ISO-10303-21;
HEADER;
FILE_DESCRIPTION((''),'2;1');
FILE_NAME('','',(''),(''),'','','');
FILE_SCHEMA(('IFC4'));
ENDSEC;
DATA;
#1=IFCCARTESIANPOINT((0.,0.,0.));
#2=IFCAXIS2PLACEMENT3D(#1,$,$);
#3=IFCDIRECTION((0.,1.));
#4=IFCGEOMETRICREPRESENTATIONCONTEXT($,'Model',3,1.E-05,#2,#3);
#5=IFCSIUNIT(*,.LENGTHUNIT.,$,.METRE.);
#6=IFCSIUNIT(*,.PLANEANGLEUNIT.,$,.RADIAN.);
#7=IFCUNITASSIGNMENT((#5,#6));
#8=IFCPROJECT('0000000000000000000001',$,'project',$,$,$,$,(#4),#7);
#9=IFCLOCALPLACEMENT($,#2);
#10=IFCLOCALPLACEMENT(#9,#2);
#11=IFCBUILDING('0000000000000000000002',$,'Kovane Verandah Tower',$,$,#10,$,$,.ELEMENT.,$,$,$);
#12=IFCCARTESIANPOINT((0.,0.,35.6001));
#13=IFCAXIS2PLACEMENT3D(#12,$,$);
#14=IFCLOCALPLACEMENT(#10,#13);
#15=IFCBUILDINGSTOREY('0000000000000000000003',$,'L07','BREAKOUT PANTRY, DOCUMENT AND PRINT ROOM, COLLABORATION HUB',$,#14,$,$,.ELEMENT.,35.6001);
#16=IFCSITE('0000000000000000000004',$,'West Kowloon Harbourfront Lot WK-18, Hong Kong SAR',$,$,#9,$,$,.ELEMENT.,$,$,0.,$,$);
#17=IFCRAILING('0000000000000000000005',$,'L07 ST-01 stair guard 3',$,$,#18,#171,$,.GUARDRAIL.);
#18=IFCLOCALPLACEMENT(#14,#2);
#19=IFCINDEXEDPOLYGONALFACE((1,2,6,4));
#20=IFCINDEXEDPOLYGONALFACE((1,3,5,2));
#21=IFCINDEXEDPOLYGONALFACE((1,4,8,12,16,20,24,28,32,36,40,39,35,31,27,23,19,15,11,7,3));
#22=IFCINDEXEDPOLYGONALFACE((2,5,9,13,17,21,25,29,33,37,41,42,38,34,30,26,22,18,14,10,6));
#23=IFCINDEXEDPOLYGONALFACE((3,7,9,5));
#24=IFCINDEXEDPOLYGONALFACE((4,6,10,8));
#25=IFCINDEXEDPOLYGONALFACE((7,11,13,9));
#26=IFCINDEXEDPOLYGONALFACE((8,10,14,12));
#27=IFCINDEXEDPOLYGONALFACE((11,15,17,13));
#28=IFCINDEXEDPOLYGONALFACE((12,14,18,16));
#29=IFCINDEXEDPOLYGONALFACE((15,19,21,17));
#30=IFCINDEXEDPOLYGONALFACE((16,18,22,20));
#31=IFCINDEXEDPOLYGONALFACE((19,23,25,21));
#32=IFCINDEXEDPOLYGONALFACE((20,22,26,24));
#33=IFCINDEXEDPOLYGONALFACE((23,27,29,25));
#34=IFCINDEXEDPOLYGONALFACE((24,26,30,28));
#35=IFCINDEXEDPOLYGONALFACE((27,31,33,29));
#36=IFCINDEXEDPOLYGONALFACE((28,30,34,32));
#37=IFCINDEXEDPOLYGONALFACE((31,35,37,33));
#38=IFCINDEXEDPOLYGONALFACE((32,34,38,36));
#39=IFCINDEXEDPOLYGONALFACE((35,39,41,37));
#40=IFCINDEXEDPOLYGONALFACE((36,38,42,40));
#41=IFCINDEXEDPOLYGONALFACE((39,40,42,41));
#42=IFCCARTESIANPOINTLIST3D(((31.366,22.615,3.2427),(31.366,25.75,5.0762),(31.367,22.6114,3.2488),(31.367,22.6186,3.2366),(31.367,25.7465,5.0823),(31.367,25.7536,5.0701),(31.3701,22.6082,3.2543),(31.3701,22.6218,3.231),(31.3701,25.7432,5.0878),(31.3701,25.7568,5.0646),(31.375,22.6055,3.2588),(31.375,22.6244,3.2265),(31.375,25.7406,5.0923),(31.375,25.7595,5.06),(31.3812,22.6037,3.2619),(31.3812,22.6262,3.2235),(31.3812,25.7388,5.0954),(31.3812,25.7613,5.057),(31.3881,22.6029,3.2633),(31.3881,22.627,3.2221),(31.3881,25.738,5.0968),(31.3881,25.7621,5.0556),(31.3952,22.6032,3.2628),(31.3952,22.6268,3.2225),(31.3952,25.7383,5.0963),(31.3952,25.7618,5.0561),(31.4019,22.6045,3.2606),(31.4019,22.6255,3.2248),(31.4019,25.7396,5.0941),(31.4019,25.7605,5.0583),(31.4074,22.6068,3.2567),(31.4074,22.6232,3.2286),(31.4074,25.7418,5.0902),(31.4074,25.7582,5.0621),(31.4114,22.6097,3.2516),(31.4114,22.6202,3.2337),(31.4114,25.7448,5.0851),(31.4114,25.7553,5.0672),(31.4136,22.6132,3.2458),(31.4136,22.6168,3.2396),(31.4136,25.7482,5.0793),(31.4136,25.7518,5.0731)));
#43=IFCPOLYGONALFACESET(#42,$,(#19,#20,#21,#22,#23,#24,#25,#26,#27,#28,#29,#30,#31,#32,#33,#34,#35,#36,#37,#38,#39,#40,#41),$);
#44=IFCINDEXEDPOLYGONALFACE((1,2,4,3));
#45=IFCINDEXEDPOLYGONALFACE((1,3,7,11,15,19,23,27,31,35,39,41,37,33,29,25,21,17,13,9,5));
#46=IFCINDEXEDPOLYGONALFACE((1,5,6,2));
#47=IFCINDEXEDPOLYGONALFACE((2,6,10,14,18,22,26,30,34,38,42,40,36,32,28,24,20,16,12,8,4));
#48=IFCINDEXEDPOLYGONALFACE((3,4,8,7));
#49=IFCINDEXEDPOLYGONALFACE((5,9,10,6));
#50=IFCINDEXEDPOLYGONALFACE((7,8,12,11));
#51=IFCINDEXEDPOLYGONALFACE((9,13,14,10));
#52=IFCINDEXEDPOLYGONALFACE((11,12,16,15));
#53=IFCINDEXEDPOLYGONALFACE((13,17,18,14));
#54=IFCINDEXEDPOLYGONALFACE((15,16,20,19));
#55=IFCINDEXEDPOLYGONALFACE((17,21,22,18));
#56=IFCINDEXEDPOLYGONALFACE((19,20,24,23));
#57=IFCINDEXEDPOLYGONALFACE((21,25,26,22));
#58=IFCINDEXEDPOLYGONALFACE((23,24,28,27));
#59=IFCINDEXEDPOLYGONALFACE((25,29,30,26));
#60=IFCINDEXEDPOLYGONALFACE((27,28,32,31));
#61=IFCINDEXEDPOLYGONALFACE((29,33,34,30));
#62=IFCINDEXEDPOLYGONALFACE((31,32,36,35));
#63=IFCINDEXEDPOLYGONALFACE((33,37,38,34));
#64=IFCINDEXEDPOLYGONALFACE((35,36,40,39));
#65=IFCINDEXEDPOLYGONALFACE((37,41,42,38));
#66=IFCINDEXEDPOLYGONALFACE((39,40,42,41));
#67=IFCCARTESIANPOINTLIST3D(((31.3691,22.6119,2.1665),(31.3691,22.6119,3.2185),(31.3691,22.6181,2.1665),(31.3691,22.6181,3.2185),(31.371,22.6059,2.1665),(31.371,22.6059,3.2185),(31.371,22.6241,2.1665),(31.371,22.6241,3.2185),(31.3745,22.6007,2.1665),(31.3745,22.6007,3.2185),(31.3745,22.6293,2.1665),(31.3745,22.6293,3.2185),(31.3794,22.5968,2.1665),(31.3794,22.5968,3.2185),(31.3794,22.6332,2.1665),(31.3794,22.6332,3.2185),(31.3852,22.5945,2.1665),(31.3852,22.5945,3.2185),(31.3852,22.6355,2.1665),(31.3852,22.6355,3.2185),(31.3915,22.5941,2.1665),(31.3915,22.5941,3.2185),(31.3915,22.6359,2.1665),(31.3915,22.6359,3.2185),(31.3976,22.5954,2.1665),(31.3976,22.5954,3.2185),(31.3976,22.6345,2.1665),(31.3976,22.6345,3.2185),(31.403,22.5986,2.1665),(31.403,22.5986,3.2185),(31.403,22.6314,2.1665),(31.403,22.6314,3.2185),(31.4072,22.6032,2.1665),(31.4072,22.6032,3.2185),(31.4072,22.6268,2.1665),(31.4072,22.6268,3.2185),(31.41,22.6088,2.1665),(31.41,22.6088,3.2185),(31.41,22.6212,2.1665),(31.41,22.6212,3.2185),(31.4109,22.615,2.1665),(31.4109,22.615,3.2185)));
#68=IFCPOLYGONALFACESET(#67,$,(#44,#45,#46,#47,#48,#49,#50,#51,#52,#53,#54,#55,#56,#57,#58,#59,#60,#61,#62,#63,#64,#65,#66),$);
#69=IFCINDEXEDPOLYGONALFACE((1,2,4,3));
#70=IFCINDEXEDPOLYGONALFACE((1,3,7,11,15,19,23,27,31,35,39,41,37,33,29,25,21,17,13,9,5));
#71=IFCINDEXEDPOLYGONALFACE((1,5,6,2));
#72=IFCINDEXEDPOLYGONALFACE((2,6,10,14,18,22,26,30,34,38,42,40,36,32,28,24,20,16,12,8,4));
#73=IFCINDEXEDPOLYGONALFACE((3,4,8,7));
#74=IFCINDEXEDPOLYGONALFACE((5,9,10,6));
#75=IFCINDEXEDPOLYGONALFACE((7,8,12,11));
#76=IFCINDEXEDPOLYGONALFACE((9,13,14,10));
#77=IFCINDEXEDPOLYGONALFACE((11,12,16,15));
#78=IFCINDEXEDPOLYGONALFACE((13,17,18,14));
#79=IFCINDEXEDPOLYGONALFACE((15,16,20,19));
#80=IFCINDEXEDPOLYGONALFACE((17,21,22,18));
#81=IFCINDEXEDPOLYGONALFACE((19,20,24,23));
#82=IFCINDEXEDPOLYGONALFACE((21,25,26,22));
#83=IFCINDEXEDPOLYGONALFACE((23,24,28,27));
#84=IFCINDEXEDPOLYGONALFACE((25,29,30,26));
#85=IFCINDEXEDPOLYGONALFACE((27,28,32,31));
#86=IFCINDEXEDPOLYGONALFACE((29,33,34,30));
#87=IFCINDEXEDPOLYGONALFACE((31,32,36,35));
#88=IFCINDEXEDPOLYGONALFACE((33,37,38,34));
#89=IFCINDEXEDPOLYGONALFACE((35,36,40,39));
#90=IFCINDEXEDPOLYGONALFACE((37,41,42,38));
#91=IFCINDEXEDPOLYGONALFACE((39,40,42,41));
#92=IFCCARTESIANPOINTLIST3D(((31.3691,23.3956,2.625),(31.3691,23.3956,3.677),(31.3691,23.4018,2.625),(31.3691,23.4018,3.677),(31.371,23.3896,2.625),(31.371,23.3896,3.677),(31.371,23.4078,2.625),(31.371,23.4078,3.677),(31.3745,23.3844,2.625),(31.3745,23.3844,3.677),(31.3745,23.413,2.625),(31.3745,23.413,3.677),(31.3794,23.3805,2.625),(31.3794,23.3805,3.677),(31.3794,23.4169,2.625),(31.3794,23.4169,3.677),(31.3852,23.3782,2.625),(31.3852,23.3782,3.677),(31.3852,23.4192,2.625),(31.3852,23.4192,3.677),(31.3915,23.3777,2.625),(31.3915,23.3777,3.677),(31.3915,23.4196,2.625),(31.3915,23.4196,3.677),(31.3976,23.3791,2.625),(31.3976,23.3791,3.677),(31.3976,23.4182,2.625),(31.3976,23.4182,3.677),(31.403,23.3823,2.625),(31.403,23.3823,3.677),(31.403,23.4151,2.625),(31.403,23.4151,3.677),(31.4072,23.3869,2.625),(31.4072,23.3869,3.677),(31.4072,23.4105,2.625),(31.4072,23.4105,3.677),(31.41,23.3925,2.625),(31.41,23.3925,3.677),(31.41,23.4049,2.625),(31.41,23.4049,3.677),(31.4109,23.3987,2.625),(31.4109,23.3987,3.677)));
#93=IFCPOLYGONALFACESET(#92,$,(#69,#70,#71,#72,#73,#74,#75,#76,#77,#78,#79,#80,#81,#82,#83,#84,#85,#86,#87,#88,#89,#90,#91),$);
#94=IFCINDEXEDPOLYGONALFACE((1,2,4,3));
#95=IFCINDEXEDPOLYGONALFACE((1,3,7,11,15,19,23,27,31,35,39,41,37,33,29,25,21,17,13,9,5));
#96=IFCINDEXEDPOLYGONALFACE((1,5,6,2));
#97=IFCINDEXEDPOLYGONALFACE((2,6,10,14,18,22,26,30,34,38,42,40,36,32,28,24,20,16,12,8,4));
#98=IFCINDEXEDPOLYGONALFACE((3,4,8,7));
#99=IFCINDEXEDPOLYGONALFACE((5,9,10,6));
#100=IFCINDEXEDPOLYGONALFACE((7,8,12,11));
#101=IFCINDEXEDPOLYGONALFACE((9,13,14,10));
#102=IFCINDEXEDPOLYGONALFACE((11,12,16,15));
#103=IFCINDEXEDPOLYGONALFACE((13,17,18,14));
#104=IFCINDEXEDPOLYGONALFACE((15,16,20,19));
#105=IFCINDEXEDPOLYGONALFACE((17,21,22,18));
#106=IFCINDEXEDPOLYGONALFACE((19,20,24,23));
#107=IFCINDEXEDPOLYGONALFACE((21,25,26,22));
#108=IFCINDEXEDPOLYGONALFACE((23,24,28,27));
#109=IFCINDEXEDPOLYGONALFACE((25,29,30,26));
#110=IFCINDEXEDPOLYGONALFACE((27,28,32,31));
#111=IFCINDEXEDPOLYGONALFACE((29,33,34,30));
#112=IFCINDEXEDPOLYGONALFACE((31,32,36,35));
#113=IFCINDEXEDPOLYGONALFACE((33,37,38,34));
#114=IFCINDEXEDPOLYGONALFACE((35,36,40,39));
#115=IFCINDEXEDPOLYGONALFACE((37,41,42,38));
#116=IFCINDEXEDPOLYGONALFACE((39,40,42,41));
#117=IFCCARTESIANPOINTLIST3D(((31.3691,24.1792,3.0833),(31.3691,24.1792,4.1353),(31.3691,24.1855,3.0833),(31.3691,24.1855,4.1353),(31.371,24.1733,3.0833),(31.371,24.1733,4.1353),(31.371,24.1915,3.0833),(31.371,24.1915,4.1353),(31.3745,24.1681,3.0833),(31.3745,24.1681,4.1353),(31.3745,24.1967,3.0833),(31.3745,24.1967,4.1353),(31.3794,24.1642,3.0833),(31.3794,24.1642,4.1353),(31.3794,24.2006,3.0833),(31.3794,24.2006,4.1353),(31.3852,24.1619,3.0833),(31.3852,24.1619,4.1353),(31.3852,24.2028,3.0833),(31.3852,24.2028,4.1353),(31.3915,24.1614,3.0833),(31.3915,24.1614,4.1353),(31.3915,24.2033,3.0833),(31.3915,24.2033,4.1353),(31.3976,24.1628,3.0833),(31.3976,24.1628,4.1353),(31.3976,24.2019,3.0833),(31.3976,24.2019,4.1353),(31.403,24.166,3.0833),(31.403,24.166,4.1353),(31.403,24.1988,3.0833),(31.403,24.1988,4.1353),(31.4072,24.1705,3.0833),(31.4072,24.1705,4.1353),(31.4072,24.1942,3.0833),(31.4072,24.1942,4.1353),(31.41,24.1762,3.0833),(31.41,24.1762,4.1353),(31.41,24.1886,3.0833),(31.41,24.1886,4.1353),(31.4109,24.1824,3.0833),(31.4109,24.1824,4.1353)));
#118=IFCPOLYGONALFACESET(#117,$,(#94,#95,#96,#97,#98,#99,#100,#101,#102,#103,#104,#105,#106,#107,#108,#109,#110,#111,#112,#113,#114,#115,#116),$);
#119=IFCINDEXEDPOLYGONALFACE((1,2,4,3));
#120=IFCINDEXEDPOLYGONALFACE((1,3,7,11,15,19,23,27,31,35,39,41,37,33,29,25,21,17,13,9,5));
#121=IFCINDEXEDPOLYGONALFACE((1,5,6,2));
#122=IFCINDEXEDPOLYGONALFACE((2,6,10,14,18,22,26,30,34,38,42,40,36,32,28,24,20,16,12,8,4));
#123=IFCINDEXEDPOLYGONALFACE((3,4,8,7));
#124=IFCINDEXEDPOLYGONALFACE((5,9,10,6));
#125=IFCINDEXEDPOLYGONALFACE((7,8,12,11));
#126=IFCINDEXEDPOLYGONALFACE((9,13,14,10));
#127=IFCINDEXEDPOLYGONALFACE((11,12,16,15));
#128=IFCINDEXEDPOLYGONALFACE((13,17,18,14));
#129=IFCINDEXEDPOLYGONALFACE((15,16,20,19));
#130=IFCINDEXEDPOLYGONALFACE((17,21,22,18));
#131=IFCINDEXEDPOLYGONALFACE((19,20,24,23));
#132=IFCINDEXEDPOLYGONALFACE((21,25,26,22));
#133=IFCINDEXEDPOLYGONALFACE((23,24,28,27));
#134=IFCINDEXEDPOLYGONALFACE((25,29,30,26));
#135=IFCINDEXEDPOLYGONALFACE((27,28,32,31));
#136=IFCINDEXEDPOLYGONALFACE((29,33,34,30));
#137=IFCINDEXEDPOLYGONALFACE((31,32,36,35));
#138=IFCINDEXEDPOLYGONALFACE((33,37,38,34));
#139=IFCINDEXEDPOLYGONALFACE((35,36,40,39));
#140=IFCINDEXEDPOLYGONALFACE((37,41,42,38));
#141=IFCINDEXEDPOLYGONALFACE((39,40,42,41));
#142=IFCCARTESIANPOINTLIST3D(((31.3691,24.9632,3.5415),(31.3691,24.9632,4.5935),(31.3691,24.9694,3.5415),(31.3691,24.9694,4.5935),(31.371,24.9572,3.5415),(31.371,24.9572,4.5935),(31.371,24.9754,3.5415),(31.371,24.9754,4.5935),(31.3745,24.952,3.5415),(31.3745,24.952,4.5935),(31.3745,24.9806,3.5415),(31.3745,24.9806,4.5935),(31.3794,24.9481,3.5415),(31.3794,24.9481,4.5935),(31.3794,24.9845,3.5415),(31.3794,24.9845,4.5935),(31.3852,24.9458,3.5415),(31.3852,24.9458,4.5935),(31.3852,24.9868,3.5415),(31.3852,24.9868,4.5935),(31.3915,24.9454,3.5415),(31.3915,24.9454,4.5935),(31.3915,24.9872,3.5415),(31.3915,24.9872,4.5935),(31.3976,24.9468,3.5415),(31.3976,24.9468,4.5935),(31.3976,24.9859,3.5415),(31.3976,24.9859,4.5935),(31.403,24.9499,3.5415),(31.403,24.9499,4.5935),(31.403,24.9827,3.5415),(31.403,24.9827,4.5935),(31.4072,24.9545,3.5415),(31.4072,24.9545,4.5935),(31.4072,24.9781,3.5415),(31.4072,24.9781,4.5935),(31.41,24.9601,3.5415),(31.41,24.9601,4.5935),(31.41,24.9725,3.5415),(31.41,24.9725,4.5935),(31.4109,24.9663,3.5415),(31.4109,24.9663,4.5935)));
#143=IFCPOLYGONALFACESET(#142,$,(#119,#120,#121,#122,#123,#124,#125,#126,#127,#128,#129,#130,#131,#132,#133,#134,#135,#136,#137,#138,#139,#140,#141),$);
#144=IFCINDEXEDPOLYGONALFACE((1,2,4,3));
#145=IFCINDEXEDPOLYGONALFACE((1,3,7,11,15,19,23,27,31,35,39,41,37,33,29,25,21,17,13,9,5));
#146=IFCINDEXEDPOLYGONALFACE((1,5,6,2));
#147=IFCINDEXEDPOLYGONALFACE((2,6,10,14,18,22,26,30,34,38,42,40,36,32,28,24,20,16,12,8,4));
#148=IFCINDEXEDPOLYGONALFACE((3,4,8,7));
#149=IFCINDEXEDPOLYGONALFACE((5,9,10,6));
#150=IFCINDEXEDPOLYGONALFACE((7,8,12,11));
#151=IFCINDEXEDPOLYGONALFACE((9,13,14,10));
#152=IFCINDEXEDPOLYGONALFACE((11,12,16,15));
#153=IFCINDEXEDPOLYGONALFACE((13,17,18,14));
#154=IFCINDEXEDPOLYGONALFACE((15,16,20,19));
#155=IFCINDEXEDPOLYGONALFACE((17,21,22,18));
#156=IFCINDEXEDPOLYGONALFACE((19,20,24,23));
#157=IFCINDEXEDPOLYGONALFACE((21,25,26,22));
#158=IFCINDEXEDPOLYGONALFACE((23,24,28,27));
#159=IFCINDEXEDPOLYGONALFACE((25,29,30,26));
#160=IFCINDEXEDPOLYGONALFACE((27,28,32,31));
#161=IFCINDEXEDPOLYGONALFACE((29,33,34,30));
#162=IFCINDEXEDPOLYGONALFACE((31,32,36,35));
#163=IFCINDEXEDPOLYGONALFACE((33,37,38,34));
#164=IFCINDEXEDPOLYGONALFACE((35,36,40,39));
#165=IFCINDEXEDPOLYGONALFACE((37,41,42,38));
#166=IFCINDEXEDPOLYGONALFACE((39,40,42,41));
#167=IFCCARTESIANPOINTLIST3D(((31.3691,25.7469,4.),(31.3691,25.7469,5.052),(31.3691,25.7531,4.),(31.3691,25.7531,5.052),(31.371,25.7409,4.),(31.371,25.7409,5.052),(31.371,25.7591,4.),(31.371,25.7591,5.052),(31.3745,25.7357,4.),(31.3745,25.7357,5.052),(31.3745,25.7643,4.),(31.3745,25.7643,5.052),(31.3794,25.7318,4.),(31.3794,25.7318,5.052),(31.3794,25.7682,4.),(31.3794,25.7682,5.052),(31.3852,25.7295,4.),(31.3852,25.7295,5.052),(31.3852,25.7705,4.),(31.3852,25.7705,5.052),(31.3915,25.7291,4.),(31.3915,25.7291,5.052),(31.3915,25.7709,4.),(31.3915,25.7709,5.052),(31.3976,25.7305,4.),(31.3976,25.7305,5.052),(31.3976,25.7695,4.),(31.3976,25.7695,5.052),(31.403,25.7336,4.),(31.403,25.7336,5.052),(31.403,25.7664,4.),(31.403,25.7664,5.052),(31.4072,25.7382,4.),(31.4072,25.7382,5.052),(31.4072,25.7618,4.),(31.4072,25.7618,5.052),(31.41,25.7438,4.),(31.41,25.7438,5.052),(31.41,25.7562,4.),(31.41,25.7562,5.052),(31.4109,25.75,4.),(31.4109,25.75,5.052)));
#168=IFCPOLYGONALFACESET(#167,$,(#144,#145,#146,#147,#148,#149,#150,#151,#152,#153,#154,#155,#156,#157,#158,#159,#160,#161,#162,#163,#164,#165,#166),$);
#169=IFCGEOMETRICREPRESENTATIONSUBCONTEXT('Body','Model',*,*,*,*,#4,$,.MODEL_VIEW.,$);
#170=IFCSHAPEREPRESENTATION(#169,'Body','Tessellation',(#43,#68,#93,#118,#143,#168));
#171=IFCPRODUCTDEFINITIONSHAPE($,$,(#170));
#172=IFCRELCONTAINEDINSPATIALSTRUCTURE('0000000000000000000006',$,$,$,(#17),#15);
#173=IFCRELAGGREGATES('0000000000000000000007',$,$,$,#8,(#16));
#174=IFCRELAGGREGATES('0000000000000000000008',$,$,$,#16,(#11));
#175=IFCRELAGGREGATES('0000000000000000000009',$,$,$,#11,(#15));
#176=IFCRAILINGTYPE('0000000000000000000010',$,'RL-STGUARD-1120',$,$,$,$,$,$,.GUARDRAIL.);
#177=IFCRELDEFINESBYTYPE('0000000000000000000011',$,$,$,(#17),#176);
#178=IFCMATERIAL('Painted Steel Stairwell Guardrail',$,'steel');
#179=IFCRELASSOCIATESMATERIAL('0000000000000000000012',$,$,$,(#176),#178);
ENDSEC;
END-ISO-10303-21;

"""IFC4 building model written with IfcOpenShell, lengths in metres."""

from ifc_helpers import new_model, si_unit, direction, frame, origin, origin_2d, place, context, subcontext, project, spatial, circle, extrude, material, type_object, element, save


model = new_model("IFC4")

# Units and contexts
model_context = context("Model", 3, precision=1e-05, world=origin(), true_north=direction((0.0, 1.0)))
body_context = subcontext(model_context, "Body", "Model", "MODEL_VIEW")
ifc_project = project(units=[si_unit("LENGTHUNIT", "METRE"), si_unit("PLANEANGLEUNIT", "RADIAN")], contexts=[model_context])

# Site, building, storey
site_placement = place(None, origin())
site = spatial("IfcSite", under=ifc_project, at=site_placement, Name="West Kowloon Harbourfront Lot WK-18, Hong Kong SAR", CompositionType="ELEMENT", RefElevation=0.0)
building_placement = place(site_placement, origin())
building = spatial("IfcBuilding", under=site, at=building_placement, Name="Kovane Verandah Tower", CompositionType="ELEMENT")
storey_placement = place(building_placement, frame((0.0, 0.0, 35.6001)))
storey = spatial("IfcBuildingStorey", under=building, at=storey_placement, Name="L07", Description="BREAKOUT PANTRY, DOCUMENT AND PRINT ROOM, COLLABORATION HUB", CompositionType="ELEMENT", Elevation=35.6001)

# Railing
ifc_material_1 = material(Name="Painted Steel Stairwell Guardrail", Category="steel")
railing_type_1 = type_object("IfcRailingType", Name="RL-STGUARD-1120", PredefinedType="GUARDRAIL", material=ifc_material_1)
railing_1_placement = place(storey_placement, frame((31.3899, 22.615, 2.1665)))
element("IfcRailing", 1, at=railing_1_placement, inside=storey, type_object=railing_type_1, Name="L07 ST-01 stair guard 3", PredefinedType="GUARDRAIL", context=body_context, shape_type="SweptSolid", body=[
    extrude(circle(Radius=0.0239, at=origin_2d()), frame((0.0, 0.0, 1.0762), z_axis=(0.0, 0.86321, 0.504845), x_axis=(-1.0, 0.0, 0.0)), (0.0, 0.0, 1.0), 3.6318),
    extrude(circle(Radius=0.021, at=origin_2d()), origin(), (0.0, 0.0, 1.0), 1.052),
    extrude(circle(Radius=0.021, at=origin_2d()), frame((0.0, 0.7837, 0.4585)), (0.0, 0.0, 1.0), 1.052),
    extrude(circle(Radius=0.021, at=origin_2d()), frame((0.0, 1.5674, 0.9167)), (0.0, 0.0, 1.0), 1.052),
    extrude(circle(Radius=0.021, at=origin_2d()), frame((0.0, 2.3513, 1.375)), (0.0, 0.0, 1.0), 1.052),
    extrude(circle(Radius=0.021, at=origin_2d()), frame((0.0, 3.135, 1.8335)), (0.0, 0.0, 1.0), 1.052),
])

save(model, "model.ifc")
